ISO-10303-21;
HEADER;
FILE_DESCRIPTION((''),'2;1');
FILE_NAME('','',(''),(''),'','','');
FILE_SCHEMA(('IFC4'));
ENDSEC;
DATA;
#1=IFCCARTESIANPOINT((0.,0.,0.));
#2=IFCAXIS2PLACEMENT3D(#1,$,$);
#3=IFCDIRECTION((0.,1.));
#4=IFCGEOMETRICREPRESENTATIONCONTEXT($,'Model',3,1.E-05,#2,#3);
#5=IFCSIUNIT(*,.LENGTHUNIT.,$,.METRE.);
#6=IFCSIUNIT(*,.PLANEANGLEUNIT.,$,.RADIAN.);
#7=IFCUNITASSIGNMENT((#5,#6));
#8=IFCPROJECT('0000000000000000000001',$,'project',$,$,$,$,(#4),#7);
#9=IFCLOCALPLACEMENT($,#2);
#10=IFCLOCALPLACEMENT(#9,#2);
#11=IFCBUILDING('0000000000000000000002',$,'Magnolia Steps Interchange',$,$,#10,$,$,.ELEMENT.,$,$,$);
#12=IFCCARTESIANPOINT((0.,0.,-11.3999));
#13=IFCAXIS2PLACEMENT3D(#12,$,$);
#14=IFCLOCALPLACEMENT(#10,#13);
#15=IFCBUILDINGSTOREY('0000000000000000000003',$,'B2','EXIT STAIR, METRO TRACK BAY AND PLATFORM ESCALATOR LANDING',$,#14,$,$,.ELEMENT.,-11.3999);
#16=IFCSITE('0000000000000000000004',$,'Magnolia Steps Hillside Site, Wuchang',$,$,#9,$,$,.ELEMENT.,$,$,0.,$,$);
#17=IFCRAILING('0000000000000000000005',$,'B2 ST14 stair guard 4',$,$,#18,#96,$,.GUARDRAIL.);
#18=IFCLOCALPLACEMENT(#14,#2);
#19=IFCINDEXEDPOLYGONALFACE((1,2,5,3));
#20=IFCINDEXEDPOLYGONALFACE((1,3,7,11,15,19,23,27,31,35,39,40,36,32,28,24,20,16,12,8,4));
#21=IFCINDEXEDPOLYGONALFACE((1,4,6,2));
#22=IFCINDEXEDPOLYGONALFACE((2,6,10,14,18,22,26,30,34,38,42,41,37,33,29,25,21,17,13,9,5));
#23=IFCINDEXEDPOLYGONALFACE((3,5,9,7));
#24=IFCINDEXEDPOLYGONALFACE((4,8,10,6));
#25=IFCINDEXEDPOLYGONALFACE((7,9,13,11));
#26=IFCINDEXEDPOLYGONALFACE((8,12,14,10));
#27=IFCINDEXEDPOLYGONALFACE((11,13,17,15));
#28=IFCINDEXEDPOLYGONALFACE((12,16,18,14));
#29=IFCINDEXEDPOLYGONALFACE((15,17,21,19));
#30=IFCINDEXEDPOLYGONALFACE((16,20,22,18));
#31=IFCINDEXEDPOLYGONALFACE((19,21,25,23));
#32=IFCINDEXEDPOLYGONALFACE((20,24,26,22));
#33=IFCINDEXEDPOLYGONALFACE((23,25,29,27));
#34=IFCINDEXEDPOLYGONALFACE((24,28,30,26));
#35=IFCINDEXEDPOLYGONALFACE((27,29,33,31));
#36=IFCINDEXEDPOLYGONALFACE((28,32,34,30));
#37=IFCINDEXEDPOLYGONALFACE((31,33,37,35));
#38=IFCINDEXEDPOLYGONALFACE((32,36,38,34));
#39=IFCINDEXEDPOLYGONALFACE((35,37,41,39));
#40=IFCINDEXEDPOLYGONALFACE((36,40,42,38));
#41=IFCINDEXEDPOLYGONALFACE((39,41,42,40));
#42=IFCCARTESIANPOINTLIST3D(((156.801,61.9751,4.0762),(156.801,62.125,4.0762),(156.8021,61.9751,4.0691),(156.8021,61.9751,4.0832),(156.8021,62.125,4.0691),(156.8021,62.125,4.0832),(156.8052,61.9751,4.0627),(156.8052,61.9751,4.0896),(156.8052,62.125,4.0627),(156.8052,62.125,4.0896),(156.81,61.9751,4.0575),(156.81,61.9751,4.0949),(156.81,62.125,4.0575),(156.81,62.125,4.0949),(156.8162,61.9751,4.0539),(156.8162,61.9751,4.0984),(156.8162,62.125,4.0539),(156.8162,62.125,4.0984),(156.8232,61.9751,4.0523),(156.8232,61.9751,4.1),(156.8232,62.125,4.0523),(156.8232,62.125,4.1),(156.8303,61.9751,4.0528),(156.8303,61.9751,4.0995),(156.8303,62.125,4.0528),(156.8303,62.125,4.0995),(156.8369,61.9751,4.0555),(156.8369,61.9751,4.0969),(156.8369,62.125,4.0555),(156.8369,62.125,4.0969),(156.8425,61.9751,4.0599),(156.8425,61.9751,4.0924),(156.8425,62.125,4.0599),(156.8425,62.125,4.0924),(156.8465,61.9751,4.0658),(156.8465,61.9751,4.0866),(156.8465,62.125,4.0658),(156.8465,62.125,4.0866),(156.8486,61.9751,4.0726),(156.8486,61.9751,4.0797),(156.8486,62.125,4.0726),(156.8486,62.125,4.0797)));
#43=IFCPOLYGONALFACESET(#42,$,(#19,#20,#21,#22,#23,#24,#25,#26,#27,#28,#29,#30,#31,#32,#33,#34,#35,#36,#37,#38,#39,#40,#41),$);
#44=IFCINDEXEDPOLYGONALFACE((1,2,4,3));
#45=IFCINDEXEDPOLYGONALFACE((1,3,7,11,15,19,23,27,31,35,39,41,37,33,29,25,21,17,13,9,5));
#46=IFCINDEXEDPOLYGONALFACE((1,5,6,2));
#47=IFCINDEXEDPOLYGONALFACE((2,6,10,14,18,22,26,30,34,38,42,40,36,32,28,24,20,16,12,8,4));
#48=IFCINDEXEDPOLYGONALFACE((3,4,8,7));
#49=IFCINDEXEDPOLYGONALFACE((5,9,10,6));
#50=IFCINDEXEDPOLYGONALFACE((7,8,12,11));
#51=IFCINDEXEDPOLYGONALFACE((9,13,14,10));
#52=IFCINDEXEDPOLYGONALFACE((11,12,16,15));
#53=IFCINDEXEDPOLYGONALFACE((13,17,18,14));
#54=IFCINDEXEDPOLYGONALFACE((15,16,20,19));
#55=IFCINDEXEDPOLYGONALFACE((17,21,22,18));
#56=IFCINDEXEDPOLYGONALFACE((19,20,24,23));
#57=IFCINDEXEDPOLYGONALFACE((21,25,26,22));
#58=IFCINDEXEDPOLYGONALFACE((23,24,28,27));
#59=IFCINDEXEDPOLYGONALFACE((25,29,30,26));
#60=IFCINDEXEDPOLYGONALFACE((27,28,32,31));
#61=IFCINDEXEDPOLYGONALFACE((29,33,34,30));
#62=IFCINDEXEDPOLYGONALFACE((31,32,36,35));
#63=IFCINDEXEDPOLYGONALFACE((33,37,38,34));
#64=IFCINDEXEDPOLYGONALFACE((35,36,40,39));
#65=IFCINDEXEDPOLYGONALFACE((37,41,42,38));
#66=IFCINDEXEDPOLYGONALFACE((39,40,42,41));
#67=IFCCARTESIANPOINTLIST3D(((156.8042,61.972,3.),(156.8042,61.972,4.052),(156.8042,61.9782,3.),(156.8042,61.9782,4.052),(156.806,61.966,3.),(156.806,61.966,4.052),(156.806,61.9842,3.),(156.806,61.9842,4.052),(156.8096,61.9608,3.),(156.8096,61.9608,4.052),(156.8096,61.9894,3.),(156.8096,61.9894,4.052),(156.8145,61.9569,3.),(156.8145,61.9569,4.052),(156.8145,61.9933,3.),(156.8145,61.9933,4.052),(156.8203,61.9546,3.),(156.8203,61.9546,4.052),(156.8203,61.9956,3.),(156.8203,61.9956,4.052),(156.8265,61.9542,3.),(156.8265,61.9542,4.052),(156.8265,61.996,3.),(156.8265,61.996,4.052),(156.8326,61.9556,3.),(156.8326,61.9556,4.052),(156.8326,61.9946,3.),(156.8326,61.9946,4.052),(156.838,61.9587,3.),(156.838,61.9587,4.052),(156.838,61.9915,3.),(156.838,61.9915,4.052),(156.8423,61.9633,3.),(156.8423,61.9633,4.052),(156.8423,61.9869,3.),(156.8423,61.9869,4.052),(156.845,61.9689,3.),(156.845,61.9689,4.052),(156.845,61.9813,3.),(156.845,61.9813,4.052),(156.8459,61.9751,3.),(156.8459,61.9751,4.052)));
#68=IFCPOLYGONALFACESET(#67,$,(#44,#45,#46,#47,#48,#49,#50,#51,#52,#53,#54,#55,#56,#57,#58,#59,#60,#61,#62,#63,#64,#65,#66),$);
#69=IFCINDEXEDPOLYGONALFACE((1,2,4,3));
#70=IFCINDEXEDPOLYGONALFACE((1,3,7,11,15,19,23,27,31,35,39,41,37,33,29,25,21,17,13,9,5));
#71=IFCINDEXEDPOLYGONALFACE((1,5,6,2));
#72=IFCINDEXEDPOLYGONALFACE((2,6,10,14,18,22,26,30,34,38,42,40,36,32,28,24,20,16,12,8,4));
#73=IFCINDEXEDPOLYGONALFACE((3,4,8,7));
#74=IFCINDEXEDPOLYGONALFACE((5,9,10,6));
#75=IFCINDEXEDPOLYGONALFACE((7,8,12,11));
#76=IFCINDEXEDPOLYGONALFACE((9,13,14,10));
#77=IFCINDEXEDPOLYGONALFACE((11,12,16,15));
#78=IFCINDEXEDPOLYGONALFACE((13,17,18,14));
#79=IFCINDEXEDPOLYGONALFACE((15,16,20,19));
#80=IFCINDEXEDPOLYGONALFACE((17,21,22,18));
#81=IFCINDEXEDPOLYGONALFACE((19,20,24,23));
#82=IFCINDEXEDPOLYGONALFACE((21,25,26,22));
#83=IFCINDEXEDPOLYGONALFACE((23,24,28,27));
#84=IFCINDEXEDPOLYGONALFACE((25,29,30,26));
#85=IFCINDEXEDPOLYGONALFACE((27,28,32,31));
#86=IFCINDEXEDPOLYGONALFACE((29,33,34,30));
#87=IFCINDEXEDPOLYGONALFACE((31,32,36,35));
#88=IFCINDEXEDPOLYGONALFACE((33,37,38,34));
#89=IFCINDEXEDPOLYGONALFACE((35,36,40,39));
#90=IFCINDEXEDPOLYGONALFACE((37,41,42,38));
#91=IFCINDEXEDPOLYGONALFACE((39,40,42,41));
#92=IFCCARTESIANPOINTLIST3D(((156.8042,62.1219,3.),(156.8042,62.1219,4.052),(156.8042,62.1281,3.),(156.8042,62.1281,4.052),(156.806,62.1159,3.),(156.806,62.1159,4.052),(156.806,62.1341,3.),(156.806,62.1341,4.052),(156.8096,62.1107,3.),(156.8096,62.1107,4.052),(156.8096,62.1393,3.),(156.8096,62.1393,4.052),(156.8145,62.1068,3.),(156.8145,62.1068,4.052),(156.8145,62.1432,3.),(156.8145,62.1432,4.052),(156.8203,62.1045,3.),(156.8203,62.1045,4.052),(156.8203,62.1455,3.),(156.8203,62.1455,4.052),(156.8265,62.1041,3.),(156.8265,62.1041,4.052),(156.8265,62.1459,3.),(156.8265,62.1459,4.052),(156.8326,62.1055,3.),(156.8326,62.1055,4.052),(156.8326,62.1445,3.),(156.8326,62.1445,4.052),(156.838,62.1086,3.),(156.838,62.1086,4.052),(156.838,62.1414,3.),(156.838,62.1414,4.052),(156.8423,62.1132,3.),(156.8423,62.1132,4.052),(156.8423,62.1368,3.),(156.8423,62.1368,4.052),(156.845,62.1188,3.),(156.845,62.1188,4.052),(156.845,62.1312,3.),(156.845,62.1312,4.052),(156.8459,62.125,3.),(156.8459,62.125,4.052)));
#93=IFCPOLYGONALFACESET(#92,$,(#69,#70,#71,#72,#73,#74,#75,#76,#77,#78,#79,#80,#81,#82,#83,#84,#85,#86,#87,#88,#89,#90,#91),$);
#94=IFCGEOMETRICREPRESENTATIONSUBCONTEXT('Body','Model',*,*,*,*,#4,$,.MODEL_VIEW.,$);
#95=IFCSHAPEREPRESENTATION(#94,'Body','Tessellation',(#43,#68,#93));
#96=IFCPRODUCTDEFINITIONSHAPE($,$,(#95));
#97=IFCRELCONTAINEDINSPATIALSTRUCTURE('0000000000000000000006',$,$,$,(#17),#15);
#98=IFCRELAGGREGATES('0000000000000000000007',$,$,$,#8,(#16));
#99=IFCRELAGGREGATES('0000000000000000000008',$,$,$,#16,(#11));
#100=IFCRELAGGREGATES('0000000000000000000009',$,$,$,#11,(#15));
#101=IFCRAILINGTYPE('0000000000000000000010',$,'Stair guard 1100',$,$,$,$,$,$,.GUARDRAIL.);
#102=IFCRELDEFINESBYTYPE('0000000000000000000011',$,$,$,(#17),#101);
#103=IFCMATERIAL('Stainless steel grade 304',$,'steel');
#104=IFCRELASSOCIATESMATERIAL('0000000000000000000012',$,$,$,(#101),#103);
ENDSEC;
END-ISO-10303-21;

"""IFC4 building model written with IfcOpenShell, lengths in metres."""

from ifc_helpers import new_model, si_unit, direction, frame, origin, origin_2d, place, context, subcontext, project, spatial, circle, extrude, material, type_object, element, save


model = new_model("IFC4")

# Units and contexts
model_context = context("Model", 3, precision=1e-05, world=origin(), true_north=direction((0.0, 1.0)))
body_context = subcontext(model_context, "Body", "Model", "MODEL_VIEW")
ifc_project = project(units=[si_unit("LENGTHUNIT", "METRE"), si_unit("PLANEANGLEUNIT", "RADIAN")], contexts=[model_context])

# Site, building, storey
site_placement = place(None, origin())
site = spatial("IfcSite", under=ifc_project, at=site_placement, Name="Magnolia Steps Hillside Site, Wuchang", CompositionType="ELEMENT", RefElevation=0.0)
building_placement = place(site_placement, origin())
building = spatial("IfcBuilding", under=site, at=building_placement, Name="Magnolia Steps Interchange", CompositionType="ELEMENT")
storey_placement = place(building_placement, frame((0.0, 0.0, -11.3999)))
storey = spatial("IfcBuildingStorey", under=building, at=storey_placement, Name="B2", Description="EXIT STAIR, METRO TRACK BAY AND PLATFORM ESCALATOR LANDING", CompositionType="ELEMENT", Elevation=-11.3999)

# Railing
ifc_material_1 = material(Name="Stainless steel grade 304", Category="steel")
railing_type_1 = type_object("IfcRailingType", Name="Stair guard 1100", PredefinedType="GUARDRAIL", material=ifc_material_1)
railing_1_placement = place(storey_placement, frame((156.825, 61.9751, 3.0)))
element("IfcRailing", 1, at=railing_1_placement, inside=storey, type_object=railing_type_1, Name="B2 ST14 stair guard 4", PredefinedType="GUARDRAIL", context=body_context, shape_type="SweptSolid", body=[
    extrude(circle(Radius=0.0239, at=origin_2d()), frame((0.0, 0.0, 1.0762), z_axis=(0.0, 1.0, 0.0), x_axis=(-1.0, 0.0, 0.0)), (0.0, 0.0, 1.0), 0.1499),
    extrude(circle(Radius=0.021, at=origin_2d()), origin(), (0.0, 0.0, 1.0), 1.052),
    extrude(circle(Radius=0.021, at=origin_2d()), frame((0.0, 0.1499, 0.0)), (0.0, 0.0, 1.0), 1.052),
])

save(model, "model.ifc")
